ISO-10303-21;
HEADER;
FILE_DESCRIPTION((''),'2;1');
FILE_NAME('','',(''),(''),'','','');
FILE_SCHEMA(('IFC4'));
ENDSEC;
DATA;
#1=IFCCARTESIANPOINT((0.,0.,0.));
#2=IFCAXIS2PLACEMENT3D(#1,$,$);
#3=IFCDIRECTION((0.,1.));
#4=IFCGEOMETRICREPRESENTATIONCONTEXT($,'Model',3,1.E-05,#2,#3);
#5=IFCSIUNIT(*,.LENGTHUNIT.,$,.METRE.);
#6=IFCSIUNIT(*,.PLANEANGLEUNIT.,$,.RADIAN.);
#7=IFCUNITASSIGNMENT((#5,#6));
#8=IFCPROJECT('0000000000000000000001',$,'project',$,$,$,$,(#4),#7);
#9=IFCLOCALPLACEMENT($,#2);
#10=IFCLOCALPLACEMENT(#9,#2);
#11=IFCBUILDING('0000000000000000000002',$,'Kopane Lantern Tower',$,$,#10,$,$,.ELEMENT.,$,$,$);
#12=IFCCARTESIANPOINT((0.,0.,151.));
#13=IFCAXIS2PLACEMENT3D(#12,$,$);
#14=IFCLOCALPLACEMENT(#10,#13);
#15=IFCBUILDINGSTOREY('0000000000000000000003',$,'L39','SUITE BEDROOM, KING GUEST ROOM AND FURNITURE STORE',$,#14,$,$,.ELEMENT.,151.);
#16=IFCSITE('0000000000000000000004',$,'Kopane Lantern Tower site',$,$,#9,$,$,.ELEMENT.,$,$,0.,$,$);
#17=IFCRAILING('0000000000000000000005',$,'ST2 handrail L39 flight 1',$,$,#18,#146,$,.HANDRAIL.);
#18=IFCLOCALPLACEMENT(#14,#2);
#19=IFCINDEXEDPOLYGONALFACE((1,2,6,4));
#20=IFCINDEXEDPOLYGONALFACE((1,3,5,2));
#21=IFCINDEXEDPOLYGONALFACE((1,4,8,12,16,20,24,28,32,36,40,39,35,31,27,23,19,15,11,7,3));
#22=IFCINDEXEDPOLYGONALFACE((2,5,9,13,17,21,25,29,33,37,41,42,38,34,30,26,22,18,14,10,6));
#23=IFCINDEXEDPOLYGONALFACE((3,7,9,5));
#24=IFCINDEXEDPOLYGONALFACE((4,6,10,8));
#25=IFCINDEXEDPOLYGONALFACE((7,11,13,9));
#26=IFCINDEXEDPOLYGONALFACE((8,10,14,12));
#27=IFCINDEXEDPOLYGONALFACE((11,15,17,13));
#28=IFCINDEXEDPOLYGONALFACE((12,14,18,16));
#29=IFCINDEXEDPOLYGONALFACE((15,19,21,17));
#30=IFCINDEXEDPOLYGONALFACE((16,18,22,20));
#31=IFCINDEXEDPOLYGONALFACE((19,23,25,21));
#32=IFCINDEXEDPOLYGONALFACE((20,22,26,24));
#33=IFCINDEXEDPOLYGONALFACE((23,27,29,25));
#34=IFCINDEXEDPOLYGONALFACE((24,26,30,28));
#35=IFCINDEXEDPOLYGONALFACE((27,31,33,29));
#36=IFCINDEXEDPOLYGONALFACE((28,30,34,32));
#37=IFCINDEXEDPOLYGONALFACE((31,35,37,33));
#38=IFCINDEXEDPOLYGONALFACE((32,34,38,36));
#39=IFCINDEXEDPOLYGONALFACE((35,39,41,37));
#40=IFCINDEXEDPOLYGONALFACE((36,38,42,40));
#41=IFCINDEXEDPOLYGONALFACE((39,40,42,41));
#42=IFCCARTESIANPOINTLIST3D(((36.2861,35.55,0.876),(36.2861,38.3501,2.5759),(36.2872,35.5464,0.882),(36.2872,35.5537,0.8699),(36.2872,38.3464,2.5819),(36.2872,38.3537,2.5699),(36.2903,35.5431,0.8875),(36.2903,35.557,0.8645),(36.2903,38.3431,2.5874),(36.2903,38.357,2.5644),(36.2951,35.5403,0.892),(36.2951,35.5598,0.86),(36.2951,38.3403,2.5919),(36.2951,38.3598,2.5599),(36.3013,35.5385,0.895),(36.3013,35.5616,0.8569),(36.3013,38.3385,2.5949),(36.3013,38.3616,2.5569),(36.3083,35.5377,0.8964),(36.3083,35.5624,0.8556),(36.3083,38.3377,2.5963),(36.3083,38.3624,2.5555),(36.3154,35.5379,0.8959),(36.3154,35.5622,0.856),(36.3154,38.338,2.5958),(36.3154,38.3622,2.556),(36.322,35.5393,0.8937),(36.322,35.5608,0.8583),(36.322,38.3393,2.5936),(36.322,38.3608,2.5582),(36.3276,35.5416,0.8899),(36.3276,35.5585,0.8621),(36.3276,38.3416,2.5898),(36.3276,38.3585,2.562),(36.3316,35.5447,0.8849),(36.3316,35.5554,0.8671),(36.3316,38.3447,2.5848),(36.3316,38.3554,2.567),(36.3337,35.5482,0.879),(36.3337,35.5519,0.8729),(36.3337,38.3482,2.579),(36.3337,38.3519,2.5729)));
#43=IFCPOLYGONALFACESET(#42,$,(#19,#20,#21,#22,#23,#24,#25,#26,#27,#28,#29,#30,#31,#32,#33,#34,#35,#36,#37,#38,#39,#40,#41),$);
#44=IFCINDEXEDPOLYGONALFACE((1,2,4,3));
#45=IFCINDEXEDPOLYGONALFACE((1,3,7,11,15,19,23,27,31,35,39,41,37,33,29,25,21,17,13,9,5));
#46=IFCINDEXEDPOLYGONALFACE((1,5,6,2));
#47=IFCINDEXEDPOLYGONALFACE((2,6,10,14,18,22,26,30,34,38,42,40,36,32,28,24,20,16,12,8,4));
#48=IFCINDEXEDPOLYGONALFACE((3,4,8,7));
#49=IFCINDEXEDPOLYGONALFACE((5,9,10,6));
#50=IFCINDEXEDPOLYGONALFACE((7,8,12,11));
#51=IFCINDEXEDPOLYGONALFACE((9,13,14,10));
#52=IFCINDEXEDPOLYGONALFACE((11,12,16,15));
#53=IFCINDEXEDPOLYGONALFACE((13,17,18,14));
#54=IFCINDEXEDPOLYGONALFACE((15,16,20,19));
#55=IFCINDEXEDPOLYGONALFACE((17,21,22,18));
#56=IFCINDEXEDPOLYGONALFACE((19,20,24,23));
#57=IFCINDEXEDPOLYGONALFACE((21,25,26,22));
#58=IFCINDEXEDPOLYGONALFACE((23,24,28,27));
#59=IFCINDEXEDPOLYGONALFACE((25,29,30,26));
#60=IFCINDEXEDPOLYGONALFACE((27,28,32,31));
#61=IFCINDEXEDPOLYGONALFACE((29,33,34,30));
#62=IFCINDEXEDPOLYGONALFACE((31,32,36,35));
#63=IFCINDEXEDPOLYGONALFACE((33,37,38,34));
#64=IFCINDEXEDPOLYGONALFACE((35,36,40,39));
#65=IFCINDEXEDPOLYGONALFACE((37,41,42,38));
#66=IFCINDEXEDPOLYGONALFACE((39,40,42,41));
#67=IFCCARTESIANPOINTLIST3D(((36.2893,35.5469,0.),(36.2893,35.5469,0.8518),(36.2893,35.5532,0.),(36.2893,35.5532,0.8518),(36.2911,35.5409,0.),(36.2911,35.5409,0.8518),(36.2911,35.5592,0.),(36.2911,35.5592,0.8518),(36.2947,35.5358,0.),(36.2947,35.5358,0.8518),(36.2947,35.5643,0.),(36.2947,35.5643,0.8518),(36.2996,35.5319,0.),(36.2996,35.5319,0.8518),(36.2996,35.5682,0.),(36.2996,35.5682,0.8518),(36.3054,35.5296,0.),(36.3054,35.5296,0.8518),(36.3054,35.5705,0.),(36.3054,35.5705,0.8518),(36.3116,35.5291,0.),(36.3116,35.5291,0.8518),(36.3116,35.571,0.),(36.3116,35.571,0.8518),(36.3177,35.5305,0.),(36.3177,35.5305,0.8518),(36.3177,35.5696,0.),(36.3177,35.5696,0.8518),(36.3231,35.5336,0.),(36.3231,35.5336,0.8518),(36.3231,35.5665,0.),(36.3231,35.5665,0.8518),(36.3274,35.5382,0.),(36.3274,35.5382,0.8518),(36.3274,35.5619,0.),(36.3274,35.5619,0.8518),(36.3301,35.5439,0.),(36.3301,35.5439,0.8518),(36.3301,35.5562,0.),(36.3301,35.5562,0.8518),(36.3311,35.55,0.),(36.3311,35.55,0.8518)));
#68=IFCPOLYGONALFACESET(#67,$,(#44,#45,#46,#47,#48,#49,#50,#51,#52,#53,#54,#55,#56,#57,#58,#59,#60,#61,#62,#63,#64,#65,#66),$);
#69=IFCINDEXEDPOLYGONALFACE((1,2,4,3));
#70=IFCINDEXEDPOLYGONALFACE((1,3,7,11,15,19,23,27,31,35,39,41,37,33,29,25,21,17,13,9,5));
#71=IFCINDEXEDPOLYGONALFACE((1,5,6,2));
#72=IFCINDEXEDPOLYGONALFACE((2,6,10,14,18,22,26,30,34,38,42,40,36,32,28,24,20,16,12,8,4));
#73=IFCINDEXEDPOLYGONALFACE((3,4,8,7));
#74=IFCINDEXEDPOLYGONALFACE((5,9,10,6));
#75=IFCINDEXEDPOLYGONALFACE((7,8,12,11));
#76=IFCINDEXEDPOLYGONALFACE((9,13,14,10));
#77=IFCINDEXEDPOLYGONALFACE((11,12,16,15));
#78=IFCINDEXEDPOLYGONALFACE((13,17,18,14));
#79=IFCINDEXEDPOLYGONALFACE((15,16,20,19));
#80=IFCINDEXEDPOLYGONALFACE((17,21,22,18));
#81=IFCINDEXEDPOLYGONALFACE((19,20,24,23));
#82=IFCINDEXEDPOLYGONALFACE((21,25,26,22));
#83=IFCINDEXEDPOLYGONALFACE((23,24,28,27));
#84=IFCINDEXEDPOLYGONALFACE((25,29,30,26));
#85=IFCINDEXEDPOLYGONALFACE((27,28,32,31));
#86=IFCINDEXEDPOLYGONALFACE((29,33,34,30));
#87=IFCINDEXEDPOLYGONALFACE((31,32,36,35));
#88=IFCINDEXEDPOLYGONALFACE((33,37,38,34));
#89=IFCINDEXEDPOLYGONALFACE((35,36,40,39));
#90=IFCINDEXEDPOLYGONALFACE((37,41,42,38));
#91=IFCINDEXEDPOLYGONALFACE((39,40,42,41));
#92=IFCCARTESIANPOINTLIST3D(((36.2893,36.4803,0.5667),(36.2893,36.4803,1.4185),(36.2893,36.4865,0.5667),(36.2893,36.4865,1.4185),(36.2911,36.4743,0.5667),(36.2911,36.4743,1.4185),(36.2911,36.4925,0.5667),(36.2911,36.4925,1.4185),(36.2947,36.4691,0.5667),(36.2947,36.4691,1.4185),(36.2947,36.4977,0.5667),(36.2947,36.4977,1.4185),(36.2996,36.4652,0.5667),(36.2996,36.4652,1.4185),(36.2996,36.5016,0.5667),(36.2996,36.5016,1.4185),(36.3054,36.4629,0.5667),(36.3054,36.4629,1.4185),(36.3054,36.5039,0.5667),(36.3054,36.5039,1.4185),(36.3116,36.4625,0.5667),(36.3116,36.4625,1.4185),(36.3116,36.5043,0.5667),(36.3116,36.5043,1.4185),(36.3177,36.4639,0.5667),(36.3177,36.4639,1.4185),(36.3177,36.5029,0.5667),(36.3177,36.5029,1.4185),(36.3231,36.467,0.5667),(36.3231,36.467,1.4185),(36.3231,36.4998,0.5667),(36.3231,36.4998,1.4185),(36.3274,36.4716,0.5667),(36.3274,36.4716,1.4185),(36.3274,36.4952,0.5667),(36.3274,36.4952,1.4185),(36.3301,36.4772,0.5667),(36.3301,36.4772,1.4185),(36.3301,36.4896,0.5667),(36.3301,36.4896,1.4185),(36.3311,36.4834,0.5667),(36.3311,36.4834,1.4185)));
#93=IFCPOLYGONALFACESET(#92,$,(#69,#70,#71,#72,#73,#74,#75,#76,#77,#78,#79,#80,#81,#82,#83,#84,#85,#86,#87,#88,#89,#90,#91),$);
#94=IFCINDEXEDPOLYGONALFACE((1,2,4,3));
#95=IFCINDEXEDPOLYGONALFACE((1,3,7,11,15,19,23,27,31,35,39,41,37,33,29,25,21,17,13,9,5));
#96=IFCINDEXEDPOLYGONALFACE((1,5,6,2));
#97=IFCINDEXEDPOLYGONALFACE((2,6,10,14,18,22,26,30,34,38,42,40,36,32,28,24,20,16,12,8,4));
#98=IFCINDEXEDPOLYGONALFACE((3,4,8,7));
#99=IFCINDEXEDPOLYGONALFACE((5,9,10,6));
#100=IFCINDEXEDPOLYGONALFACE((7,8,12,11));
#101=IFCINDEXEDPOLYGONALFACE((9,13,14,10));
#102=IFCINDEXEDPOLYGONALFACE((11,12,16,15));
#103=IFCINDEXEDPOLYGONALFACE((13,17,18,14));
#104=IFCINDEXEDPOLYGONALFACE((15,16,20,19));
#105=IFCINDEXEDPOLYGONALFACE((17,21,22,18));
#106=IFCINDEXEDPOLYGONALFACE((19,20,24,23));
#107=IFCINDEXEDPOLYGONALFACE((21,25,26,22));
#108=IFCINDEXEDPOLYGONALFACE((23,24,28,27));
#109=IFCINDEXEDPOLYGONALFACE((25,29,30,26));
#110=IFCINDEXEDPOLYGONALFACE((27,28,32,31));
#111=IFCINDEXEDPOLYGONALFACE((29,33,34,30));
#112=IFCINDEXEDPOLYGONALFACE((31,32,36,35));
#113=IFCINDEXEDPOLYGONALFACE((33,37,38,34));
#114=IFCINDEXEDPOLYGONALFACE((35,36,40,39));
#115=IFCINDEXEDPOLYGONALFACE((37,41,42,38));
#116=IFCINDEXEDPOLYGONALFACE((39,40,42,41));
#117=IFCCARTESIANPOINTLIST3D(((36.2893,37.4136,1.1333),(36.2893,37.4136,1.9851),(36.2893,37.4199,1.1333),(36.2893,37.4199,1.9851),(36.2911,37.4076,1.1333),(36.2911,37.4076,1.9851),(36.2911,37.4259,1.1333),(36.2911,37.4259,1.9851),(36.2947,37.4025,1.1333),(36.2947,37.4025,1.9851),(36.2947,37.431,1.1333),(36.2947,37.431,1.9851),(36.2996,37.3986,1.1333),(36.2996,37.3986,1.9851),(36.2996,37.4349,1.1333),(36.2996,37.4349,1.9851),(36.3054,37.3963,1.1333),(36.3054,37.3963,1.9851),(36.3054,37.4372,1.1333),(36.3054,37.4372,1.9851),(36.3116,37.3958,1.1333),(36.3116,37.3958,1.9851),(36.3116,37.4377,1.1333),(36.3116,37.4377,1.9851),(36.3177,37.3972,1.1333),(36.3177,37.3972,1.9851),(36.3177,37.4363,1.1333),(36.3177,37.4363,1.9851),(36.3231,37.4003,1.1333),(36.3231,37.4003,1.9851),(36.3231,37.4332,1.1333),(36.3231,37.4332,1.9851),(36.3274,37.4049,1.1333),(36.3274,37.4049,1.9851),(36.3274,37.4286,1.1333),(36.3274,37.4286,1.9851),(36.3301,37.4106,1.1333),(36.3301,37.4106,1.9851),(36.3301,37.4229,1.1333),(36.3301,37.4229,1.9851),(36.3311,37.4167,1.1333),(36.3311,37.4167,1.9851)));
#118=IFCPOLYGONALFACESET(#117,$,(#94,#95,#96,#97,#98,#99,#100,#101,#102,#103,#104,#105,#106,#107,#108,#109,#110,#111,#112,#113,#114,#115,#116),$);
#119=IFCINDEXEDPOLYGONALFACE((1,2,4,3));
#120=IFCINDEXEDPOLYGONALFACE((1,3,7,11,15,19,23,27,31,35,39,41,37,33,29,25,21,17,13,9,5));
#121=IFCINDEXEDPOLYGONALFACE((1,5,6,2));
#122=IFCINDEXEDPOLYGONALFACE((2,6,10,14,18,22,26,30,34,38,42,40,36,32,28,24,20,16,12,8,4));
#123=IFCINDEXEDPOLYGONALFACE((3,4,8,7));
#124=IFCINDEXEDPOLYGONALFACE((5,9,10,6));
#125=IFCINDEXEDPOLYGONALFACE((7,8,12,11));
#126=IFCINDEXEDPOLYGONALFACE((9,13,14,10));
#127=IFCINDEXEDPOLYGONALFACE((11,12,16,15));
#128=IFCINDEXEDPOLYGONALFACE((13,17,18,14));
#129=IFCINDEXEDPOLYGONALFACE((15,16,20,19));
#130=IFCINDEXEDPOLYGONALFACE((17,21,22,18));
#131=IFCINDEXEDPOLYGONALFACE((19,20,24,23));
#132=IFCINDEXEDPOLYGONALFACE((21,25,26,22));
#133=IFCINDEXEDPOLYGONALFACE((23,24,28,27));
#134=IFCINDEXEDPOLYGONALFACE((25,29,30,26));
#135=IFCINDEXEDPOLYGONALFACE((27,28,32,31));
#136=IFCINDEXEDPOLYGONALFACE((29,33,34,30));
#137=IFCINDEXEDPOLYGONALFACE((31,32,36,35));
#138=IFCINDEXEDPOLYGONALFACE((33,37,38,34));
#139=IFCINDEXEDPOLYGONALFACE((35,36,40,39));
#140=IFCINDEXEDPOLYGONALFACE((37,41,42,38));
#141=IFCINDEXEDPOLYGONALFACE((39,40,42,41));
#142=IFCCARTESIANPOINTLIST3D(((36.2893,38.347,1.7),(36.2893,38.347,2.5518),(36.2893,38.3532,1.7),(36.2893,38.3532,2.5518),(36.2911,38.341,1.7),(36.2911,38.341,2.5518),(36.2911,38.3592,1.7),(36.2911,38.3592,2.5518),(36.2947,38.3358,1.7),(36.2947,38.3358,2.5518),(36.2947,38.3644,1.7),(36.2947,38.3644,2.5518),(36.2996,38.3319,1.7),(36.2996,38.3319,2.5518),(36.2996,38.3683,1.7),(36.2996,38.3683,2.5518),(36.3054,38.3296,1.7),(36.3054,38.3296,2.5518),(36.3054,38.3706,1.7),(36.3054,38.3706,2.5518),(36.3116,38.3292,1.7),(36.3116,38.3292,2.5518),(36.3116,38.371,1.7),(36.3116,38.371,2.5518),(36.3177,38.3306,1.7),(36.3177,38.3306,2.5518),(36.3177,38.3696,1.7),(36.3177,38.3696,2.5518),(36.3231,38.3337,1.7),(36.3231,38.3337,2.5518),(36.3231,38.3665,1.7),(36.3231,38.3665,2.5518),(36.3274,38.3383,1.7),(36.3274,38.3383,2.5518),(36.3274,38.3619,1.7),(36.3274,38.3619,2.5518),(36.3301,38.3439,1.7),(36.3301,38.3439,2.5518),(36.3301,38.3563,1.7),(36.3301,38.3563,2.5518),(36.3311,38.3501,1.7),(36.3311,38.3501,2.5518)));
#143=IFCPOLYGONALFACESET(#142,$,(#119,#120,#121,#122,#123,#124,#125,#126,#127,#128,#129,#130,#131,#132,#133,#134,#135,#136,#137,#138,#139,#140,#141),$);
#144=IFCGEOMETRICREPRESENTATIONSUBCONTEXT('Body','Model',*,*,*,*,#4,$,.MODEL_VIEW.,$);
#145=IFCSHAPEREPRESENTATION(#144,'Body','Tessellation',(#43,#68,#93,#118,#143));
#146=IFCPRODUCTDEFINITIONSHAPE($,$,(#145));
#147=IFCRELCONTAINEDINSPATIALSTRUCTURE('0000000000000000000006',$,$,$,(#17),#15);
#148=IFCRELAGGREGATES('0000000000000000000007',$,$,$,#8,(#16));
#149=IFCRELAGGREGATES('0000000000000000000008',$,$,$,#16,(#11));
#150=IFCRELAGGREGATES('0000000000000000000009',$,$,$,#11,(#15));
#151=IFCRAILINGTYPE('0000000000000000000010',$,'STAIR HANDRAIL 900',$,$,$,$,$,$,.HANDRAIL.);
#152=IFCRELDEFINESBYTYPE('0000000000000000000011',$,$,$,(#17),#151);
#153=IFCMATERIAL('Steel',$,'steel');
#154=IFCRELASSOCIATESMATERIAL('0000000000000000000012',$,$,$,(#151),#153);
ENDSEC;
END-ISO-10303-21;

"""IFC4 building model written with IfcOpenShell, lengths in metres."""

from ifc_helpers import new_model, si_unit, direction, frame, origin, origin_2d, place, context, subcontext, project, spatial, circle, extrude, material, type_object, element, save


model = new_model("IFC4")

# Units and contexts
model_context = context("Model", 3, precision=1e-05, world=origin(), true_north=direction((0.0, 1.0)))
body_context = subcontext(model_context, "Body", "Model", "MODEL_VIEW")
ifc_project = project(units=[si_unit("LENGTHUNIT", "METRE"), si_unit("PLANEANGLEUNIT", "RADIAN")], contexts=[model_context])

# Site, building, storey
site_placement = place(None, origin())
site = spatial("IfcSite", under=ifc_project, at=site_placement, Name="Kopane Lantern Tower site", CompositionType="ELEMENT", RefElevation=0.0)
building_placement = place(site_placement, origin())
building = spatial("IfcBuilding", under=site, at=building_placement, Name="Kopane Lantern Tower", CompositionType="ELEMENT")
storey_placement = place(building_placement, frame((0.0, 0.0, 151.0)))
storey = spatial("IfcBuildingStorey", under=building, at=storey_placement, Name="L39", Description="SUITE BEDROOM, KING GUEST ROOM AND FURNITURE STORE", CompositionType="ELEMENT", Elevation=151.0)

# Railing
ifc_material_1 = material(Name="Steel", Category="steel")
railing_type_1 = type_object("IfcRailingType", Name="STAIR HANDRAIL 900", PredefinedType="HANDRAIL", material=ifc_material_1)
for number, where, name in (
    (1, (36.3101, 35.55, 0.0), "ST2 handrail L39 flight 1"),
):
    element("IfcRailing", number, at=place(storey_placement, frame(where)), inside=storey, type_object=railing_type_1, Name=name, PredefinedType="HANDRAIL", context=body_context, shape_type="SweptSolid", body=[
        extrude(circle(Radius=0.0239, at=origin_2d()), frame((0.0, 0.0, 0.876), z_axis=(0.0, 0.854798, 0.518961), x_axis=(-1.0, 0.0, 0.0)), (0.0, 0.0, 1.0), 3.2756),
        extrude(circle(Radius=0.021, at=origin_2d()), origin(), (0.0, 0.0, 1.0), 0.8518),
        extrude(circle(Radius=0.021, at=origin_2d()), frame((0.0, 0.9333, 0.5667)), (0.0, 0.0, 1.0), 0.8518),
        extrude(circle(Radius=0.021, at=origin_2d()), frame((0.0, 1.8667, 1.1333)), (0.0, 0.0, 1.0), 0.8518),
        extrude(circle(Radius=0.021, at=origin_2d()), frame((0.0, 2.8, 1.7)), (0.0, 0.0, 1.0), 0.8518),
    ])

save(model, "model.ifc")
